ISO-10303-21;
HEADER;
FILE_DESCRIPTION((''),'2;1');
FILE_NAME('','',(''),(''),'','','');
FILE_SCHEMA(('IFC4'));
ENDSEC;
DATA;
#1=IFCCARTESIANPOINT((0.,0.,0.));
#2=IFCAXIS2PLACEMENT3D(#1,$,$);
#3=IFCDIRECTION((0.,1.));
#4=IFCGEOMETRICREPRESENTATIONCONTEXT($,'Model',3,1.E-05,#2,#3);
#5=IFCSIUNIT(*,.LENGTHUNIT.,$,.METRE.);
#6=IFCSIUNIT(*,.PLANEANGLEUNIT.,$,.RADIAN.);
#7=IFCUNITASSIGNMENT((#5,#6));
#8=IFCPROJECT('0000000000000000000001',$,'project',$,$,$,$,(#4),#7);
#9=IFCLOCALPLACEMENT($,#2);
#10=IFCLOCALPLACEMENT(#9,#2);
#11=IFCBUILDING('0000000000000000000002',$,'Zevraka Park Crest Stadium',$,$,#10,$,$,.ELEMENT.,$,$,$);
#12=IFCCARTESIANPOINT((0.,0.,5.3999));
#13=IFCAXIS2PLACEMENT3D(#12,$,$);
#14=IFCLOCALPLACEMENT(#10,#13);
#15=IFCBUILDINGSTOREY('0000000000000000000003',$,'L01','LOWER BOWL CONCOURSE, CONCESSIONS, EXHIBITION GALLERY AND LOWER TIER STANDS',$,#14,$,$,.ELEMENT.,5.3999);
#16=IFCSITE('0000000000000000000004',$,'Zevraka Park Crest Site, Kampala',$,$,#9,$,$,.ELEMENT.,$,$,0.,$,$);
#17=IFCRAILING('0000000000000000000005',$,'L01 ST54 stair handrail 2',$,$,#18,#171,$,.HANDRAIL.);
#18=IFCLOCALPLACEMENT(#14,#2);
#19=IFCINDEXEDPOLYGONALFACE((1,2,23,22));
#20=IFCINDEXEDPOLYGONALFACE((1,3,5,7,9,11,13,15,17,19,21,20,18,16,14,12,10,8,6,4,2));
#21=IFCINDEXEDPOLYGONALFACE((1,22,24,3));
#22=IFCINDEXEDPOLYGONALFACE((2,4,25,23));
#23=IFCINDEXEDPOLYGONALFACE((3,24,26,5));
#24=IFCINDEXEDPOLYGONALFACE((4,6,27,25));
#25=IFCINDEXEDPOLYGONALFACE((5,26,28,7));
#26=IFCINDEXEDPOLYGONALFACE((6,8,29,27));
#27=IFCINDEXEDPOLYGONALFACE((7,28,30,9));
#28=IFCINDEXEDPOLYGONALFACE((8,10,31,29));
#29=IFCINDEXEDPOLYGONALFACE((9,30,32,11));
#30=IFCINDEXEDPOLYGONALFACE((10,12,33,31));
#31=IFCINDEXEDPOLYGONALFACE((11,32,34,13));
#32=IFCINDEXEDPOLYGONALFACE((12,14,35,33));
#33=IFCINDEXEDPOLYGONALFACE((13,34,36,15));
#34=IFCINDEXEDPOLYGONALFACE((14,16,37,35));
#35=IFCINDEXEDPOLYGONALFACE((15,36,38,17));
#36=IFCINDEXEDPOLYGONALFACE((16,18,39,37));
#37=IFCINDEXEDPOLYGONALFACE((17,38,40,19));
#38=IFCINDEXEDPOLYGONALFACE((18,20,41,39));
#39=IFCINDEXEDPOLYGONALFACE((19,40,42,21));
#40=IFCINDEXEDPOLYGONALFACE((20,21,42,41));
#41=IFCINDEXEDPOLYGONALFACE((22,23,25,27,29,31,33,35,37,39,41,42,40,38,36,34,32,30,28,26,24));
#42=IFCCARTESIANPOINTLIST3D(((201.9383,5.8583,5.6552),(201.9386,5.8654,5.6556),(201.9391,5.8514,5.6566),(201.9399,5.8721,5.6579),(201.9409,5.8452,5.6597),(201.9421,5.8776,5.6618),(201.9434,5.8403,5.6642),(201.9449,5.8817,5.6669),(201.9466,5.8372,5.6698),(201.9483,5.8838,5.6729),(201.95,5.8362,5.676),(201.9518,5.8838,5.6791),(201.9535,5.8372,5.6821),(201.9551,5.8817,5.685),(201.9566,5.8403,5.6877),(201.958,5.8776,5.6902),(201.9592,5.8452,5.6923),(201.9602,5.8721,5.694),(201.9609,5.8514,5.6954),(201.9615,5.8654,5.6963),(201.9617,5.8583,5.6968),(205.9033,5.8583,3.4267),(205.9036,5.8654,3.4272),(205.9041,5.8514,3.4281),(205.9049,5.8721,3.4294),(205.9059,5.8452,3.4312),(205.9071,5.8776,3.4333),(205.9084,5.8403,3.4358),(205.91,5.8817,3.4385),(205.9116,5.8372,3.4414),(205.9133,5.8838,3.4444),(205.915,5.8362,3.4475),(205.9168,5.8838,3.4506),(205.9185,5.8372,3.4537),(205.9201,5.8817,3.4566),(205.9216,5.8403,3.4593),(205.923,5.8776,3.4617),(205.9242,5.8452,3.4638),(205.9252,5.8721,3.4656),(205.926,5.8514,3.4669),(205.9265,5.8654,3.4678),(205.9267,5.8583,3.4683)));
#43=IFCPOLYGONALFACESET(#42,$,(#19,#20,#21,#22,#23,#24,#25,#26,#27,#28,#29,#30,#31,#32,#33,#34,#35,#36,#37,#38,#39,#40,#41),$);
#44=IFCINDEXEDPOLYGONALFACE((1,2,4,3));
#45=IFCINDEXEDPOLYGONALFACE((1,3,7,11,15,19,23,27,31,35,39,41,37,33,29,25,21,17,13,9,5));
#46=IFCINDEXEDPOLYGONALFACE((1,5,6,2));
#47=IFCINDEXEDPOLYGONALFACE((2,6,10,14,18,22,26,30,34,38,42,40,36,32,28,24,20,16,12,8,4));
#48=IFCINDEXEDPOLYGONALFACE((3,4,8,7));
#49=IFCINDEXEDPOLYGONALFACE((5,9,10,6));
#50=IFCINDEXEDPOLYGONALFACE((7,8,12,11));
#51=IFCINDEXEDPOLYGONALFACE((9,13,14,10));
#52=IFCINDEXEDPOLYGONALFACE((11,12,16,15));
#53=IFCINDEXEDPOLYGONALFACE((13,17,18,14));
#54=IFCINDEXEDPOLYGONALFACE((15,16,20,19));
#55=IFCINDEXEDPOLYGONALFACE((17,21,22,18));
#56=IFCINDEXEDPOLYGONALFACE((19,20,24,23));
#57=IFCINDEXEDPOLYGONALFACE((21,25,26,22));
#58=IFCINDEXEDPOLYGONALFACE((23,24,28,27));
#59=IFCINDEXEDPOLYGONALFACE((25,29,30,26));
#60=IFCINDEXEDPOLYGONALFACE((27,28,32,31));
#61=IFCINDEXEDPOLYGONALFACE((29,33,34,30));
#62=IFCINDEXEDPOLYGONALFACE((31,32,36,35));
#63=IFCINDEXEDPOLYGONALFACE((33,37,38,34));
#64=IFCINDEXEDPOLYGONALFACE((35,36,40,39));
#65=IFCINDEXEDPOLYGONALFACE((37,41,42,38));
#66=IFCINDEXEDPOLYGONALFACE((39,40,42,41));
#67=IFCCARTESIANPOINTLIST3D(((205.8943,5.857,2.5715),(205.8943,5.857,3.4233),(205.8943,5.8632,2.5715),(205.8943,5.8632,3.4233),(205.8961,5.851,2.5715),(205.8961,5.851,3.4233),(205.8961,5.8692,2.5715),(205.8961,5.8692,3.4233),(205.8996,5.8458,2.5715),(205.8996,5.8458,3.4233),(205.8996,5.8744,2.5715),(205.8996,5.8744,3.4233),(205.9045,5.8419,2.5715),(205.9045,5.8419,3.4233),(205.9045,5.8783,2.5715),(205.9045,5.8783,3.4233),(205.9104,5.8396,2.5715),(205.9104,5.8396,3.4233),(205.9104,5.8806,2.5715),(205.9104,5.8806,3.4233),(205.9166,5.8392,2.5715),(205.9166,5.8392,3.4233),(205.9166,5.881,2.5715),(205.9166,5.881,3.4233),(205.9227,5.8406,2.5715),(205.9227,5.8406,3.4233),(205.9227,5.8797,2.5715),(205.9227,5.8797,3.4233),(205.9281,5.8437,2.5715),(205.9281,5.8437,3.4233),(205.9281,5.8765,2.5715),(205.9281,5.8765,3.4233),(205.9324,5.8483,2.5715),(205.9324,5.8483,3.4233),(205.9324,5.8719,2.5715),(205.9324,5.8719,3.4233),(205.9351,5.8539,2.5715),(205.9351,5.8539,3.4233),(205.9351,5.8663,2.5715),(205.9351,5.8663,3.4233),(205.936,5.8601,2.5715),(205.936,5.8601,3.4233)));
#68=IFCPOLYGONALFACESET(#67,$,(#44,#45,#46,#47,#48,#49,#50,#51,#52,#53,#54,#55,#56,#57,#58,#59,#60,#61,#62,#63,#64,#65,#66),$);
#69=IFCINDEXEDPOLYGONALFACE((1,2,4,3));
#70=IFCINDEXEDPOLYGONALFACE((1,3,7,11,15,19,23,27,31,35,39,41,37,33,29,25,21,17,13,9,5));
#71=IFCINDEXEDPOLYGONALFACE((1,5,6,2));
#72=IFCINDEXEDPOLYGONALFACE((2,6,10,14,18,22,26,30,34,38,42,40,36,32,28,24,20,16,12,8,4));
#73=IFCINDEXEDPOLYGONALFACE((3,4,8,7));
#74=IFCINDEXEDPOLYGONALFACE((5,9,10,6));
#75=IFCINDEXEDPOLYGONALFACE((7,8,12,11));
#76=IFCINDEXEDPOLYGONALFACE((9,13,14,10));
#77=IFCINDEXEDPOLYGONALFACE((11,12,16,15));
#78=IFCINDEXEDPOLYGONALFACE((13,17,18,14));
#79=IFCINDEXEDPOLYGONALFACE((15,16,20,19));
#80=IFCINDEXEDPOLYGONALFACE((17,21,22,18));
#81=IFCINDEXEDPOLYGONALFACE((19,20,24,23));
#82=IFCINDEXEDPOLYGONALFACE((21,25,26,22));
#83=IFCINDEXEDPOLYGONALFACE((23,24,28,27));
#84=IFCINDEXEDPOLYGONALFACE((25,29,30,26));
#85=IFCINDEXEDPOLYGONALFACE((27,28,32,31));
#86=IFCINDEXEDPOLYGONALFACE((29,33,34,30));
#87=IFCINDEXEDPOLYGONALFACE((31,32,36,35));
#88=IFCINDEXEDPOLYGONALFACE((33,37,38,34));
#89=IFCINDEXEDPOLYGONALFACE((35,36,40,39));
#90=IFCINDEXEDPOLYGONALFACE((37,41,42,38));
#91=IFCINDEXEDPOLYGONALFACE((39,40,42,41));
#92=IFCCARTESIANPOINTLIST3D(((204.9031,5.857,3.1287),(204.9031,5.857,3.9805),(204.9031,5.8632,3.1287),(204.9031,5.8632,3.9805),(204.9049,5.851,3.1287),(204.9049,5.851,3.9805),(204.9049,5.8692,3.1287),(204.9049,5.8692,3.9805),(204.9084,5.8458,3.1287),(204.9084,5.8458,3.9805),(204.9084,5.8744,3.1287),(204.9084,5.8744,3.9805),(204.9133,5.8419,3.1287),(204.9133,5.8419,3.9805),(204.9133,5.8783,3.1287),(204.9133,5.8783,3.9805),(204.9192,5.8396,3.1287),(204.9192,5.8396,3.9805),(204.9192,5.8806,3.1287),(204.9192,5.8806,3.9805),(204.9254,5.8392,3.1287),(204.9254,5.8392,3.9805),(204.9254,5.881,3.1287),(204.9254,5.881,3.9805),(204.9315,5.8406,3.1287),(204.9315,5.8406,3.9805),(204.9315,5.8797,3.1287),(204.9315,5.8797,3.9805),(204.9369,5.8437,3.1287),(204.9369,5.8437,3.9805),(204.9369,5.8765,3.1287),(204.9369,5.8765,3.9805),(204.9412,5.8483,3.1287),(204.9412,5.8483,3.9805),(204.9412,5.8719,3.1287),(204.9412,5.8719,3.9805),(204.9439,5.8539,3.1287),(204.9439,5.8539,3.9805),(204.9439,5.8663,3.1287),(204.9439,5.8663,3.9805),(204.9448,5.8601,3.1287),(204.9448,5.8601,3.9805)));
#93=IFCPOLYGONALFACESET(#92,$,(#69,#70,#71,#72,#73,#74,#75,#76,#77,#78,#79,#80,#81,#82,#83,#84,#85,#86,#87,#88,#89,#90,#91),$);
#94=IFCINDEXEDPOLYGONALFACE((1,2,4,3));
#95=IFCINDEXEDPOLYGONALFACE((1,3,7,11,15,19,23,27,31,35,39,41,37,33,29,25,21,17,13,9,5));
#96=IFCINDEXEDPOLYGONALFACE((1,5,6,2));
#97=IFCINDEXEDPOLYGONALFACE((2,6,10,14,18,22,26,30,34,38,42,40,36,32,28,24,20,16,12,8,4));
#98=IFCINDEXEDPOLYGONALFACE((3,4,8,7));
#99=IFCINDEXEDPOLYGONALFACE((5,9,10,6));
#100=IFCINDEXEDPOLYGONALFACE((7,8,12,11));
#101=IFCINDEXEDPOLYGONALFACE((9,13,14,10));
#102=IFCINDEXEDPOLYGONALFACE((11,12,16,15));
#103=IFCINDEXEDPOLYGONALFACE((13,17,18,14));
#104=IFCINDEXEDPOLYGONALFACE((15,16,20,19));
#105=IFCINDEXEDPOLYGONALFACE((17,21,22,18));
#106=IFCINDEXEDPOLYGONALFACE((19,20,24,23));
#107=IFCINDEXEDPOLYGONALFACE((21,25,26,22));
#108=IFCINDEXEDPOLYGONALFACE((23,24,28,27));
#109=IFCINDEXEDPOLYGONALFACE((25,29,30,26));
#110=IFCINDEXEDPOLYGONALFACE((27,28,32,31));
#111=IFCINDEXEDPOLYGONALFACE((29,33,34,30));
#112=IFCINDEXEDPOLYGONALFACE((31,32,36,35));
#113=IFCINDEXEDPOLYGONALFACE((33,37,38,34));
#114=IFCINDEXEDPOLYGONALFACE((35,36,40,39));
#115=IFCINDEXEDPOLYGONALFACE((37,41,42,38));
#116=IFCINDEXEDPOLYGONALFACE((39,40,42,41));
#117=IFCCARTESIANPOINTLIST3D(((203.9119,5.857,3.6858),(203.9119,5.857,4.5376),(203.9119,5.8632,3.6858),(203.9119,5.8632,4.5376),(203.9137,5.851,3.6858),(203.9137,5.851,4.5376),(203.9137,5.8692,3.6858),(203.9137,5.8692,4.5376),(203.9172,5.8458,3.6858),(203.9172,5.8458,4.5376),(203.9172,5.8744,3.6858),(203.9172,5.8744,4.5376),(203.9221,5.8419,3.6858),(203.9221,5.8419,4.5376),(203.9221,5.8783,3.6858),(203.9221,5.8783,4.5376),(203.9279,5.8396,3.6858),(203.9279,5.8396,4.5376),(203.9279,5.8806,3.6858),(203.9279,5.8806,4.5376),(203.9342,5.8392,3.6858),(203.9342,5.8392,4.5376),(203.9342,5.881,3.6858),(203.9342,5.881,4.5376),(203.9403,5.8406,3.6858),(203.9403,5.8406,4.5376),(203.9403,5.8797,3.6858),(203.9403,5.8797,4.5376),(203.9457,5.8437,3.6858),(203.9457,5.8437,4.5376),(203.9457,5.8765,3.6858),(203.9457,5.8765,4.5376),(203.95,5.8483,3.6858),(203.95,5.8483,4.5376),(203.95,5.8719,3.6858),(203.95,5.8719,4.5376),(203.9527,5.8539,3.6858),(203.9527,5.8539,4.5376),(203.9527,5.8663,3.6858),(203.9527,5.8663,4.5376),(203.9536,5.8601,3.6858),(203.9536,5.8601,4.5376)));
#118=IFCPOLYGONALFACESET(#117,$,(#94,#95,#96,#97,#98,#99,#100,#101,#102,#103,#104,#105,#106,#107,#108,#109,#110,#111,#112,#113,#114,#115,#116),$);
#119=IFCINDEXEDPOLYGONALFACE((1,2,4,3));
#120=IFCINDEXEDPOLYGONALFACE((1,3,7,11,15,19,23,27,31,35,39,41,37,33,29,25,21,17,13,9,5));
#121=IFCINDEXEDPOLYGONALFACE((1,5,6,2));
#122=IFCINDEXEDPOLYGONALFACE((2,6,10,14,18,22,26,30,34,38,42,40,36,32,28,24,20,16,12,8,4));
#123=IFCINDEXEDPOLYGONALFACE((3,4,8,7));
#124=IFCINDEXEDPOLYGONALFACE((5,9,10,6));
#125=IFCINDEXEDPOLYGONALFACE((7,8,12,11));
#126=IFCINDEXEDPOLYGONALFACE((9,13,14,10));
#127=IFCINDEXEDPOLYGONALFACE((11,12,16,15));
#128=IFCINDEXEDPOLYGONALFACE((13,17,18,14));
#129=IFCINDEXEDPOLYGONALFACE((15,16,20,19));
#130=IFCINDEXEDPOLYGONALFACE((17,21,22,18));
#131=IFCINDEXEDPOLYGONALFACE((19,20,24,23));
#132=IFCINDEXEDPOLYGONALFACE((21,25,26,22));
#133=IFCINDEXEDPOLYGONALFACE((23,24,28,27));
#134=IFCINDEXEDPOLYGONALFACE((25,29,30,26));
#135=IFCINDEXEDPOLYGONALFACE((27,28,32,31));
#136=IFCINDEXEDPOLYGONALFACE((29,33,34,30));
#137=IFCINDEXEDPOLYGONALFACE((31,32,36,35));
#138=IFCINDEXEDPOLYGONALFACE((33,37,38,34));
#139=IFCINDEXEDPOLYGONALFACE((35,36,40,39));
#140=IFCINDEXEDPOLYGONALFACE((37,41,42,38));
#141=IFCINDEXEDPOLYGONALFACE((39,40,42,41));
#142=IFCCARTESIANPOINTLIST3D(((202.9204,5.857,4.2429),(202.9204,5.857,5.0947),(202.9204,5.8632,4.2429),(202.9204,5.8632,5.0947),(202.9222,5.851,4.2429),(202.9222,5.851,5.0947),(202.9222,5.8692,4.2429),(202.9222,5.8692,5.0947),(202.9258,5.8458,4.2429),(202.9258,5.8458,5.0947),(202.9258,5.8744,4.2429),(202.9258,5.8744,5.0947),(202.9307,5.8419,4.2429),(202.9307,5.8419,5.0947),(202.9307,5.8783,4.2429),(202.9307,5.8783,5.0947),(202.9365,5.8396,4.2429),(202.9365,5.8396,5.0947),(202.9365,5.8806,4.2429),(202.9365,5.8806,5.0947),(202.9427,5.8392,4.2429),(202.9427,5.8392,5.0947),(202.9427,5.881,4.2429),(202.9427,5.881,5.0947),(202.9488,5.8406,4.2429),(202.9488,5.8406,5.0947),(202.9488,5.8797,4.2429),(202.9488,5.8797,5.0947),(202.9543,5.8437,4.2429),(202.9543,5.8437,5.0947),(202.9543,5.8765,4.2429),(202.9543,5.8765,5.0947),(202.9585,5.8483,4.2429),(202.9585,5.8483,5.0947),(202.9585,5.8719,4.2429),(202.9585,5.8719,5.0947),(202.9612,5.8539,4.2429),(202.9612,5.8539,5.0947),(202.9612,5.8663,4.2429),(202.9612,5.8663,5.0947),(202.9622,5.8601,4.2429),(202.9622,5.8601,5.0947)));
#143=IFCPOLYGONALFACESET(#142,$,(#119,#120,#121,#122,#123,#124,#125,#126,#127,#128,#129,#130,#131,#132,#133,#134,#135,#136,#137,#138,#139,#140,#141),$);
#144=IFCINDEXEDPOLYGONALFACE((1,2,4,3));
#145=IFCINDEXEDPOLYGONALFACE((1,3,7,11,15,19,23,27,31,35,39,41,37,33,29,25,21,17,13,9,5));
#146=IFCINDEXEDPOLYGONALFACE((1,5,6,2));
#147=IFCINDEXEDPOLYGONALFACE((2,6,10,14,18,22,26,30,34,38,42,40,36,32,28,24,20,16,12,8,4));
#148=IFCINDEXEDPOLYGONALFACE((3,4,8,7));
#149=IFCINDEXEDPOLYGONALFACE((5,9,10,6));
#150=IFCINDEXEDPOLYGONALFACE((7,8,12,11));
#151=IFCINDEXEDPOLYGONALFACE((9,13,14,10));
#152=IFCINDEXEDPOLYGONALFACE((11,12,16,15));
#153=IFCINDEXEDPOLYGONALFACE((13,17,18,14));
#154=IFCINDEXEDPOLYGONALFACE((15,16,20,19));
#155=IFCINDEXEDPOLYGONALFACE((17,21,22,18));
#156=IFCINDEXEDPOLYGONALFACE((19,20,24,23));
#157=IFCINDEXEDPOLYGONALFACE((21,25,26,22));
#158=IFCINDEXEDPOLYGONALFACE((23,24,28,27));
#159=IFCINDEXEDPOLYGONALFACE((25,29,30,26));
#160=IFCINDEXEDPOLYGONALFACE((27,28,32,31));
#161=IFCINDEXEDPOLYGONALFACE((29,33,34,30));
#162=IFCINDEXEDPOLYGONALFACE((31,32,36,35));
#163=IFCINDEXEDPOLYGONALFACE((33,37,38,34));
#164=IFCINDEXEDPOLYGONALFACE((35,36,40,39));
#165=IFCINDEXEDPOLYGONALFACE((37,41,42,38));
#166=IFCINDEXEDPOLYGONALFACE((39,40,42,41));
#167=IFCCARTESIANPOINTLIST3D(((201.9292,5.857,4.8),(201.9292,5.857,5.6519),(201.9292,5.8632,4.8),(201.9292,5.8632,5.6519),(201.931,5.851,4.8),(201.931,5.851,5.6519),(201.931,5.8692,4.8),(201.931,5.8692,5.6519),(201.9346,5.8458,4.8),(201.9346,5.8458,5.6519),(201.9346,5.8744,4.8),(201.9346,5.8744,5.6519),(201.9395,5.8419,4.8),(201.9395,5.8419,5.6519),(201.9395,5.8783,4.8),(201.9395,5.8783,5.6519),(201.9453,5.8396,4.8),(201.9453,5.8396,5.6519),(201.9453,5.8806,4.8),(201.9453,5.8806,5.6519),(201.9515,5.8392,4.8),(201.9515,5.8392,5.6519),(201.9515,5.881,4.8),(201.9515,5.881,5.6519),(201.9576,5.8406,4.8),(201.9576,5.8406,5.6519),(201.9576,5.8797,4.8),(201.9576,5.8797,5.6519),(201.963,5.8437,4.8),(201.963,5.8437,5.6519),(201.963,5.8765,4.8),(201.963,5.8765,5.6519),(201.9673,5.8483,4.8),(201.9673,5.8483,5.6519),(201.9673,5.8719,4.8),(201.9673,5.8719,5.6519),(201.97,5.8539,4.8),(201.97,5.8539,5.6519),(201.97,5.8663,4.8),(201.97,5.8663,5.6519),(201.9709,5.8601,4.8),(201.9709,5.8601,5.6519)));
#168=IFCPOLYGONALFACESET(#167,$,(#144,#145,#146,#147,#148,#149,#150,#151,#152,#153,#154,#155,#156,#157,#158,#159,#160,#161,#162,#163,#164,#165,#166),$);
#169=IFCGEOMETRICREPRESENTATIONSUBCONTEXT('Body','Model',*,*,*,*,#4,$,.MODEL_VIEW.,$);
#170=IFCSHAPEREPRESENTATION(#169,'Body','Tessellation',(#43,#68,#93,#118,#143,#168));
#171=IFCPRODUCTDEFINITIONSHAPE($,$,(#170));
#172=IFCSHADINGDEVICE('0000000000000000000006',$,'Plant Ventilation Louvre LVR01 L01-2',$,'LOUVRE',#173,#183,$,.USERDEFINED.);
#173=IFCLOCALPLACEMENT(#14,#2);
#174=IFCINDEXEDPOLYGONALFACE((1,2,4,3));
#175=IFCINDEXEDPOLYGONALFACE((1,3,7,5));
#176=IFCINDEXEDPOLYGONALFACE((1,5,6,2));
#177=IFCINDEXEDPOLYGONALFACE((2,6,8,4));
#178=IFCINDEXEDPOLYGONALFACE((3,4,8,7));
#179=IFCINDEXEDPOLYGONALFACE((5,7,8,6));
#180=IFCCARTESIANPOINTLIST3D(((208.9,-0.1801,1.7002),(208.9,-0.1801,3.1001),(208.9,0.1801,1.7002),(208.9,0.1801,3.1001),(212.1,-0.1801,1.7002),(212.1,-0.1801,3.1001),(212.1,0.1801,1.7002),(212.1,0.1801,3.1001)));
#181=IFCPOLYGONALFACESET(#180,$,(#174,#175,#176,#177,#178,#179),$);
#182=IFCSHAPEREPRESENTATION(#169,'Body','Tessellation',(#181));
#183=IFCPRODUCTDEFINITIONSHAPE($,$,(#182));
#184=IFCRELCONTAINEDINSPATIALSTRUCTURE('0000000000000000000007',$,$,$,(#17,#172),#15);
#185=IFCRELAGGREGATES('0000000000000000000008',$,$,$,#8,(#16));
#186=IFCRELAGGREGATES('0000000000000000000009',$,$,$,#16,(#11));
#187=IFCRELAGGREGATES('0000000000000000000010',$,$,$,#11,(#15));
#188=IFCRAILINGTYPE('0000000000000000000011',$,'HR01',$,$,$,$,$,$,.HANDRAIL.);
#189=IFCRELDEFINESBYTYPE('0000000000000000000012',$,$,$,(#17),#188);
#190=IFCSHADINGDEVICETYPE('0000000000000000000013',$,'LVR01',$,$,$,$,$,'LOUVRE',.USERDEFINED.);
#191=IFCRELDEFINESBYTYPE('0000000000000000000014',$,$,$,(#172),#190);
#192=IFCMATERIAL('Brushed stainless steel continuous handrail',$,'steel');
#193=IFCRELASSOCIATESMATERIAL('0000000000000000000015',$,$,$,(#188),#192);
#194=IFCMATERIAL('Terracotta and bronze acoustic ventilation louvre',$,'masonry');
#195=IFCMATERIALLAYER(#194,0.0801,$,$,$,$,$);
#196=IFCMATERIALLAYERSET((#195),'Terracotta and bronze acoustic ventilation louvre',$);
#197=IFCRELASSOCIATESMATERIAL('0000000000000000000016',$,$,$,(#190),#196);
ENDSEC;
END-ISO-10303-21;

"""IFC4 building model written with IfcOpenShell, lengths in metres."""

from ifc_helpers import new_model, si_unit, direction, frame, origin, origin_2d, place, context, subcontext, project, spatial, rectangle, circle, extrude, material, layer, layer_set, type_object, element, save


model = new_model("IFC4")

# Units and contexts
model_context = context("Model", 3, precision=1e-05, world=origin(), true_north=direction((0.0, 1.0)))
body_context = subcontext(model_context, "Body", "Model", "MODEL_VIEW")
ifc_project = project(units=[si_unit("LENGTHUNIT", "METRE"), si_unit("PLANEANGLEUNIT", "RADIAN")], contexts=[model_context])

# Site, building, storey
site_placement = place(None, origin())
site = spatial("IfcSite", under=ifc_project, at=site_placement, Name="Zevraka Park Crest Site, Kampala", CompositionType="ELEMENT", RefElevation=0.0)
building_placement = place(site_placement, origin())
building = spatial("IfcBuilding", under=site, at=building_placement, Name="Zevraka Park Crest Stadium", CompositionType="ELEMENT")
storey_placement = place(building_placement, frame((0.0, 0.0, 5.3999)))
storey = spatial("IfcBuildingStorey", under=building, at=storey_placement, Name="L01", Description="LOWER BOWL CONCOURSE, CONCESSIONS, EXHIBITION GALLERY AND LOWER TIER STANDS", CompositionType="ELEMENT", Elevation=5.3999)

# Railing
ifc_material_1 = material(Name="Brushed stainless steel continuous handrail", Category="steel")
railing_type_1 = type_object("IfcRailingType", Name="HR01", PredefinedType="HANDRAIL", material=ifc_material_1)
railing_1_placement = place(storey_placement, frame((205.915, 5.8601, 2.5715)))
element("IfcRailing", 1, at=railing_1_placement, inside=storey, type_object=railing_type_1, Name="L01 ST54 stair handrail 2", PredefinedType="HANDRAIL", context=body_context, shape_type="SweptSolid", body=[
    extrude(circle(Radius=0.0239, at=origin_2d()), frame((0.0, 0.0, 0.876), z_axis=(-0.871749, 0.0, 0.489953), x_axis=(0.0, -1.0, 0.0)), (0.0, 0.0, 1.0), 4.5483),
    extrude(circle(Radius=0.021, at=origin_2d()), origin(), (0.0, 0.0, 1.0), 0.8518),
    extrude(circle(Radius=0.021, at=origin_2d()), frame((-0.9912, 0.0, 0.5571)), (0.0, 0.0, 1.0), 0.8518),
    extrude(circle(Radius=0.021, at=origin_2d()), frame((-1.9824, 0.0, 1.1143)), (0.0, 0.0, 1.0), 0.8518),
    extrude(circle(Radius=0.021, at=origin_2d()), frame((-2.9739, 0.0, 1.6714)), (0.0, 0.0, 1.0), 0.8518),
    extrude(circle(Radius=0.021, at=origin_2d()), frame((-3.9651, 0.0, 2.2285)), (0.0, 0.0, 1.0), 0.8518),
])

# Shading device
ifc_material_2 = material(Name="Terracotta and bronze acoustic ventilation louvre", Category="masonry")
ifc_layer_1 = layer(ifc_material_2, 0.0801)
ifc_layer_set_1 = layer_set([ifc_layer_1], Name="Terracotta and bronze acoustic ventilation louvre")
shading_device_type = type_object("IfcShadingDeviceType", Name="LVR01", ElementType="LOUVRE", PredefinedType="USERDEFINED", material=ifc_layer_set_1)
shading_device_placement = place(storey_placement, frame((210.5, 0.0, 1.7002), z_axis=(0.0, 0.0, 1.0), x_axis=(-1.0, 0.0, 0.0)))
element("IfcShadingDevice", 2, at=shading_device_placement, inside=storey, type_object=shading_device_type, Name="Plant Ventilation Louvre LVR01 L01-2", ObjectType="LOUVRE", PredefinedType="USERDEFINED", context=body_context, shape_type="SweptSolid", body=[
    extrude(rectangle(XDim=3.2, YDim=0.3601, at=origin_2d()), origin(), (0.0, 0.0, 1.0), 1.3999),
])

save(model, "model.ifc")
